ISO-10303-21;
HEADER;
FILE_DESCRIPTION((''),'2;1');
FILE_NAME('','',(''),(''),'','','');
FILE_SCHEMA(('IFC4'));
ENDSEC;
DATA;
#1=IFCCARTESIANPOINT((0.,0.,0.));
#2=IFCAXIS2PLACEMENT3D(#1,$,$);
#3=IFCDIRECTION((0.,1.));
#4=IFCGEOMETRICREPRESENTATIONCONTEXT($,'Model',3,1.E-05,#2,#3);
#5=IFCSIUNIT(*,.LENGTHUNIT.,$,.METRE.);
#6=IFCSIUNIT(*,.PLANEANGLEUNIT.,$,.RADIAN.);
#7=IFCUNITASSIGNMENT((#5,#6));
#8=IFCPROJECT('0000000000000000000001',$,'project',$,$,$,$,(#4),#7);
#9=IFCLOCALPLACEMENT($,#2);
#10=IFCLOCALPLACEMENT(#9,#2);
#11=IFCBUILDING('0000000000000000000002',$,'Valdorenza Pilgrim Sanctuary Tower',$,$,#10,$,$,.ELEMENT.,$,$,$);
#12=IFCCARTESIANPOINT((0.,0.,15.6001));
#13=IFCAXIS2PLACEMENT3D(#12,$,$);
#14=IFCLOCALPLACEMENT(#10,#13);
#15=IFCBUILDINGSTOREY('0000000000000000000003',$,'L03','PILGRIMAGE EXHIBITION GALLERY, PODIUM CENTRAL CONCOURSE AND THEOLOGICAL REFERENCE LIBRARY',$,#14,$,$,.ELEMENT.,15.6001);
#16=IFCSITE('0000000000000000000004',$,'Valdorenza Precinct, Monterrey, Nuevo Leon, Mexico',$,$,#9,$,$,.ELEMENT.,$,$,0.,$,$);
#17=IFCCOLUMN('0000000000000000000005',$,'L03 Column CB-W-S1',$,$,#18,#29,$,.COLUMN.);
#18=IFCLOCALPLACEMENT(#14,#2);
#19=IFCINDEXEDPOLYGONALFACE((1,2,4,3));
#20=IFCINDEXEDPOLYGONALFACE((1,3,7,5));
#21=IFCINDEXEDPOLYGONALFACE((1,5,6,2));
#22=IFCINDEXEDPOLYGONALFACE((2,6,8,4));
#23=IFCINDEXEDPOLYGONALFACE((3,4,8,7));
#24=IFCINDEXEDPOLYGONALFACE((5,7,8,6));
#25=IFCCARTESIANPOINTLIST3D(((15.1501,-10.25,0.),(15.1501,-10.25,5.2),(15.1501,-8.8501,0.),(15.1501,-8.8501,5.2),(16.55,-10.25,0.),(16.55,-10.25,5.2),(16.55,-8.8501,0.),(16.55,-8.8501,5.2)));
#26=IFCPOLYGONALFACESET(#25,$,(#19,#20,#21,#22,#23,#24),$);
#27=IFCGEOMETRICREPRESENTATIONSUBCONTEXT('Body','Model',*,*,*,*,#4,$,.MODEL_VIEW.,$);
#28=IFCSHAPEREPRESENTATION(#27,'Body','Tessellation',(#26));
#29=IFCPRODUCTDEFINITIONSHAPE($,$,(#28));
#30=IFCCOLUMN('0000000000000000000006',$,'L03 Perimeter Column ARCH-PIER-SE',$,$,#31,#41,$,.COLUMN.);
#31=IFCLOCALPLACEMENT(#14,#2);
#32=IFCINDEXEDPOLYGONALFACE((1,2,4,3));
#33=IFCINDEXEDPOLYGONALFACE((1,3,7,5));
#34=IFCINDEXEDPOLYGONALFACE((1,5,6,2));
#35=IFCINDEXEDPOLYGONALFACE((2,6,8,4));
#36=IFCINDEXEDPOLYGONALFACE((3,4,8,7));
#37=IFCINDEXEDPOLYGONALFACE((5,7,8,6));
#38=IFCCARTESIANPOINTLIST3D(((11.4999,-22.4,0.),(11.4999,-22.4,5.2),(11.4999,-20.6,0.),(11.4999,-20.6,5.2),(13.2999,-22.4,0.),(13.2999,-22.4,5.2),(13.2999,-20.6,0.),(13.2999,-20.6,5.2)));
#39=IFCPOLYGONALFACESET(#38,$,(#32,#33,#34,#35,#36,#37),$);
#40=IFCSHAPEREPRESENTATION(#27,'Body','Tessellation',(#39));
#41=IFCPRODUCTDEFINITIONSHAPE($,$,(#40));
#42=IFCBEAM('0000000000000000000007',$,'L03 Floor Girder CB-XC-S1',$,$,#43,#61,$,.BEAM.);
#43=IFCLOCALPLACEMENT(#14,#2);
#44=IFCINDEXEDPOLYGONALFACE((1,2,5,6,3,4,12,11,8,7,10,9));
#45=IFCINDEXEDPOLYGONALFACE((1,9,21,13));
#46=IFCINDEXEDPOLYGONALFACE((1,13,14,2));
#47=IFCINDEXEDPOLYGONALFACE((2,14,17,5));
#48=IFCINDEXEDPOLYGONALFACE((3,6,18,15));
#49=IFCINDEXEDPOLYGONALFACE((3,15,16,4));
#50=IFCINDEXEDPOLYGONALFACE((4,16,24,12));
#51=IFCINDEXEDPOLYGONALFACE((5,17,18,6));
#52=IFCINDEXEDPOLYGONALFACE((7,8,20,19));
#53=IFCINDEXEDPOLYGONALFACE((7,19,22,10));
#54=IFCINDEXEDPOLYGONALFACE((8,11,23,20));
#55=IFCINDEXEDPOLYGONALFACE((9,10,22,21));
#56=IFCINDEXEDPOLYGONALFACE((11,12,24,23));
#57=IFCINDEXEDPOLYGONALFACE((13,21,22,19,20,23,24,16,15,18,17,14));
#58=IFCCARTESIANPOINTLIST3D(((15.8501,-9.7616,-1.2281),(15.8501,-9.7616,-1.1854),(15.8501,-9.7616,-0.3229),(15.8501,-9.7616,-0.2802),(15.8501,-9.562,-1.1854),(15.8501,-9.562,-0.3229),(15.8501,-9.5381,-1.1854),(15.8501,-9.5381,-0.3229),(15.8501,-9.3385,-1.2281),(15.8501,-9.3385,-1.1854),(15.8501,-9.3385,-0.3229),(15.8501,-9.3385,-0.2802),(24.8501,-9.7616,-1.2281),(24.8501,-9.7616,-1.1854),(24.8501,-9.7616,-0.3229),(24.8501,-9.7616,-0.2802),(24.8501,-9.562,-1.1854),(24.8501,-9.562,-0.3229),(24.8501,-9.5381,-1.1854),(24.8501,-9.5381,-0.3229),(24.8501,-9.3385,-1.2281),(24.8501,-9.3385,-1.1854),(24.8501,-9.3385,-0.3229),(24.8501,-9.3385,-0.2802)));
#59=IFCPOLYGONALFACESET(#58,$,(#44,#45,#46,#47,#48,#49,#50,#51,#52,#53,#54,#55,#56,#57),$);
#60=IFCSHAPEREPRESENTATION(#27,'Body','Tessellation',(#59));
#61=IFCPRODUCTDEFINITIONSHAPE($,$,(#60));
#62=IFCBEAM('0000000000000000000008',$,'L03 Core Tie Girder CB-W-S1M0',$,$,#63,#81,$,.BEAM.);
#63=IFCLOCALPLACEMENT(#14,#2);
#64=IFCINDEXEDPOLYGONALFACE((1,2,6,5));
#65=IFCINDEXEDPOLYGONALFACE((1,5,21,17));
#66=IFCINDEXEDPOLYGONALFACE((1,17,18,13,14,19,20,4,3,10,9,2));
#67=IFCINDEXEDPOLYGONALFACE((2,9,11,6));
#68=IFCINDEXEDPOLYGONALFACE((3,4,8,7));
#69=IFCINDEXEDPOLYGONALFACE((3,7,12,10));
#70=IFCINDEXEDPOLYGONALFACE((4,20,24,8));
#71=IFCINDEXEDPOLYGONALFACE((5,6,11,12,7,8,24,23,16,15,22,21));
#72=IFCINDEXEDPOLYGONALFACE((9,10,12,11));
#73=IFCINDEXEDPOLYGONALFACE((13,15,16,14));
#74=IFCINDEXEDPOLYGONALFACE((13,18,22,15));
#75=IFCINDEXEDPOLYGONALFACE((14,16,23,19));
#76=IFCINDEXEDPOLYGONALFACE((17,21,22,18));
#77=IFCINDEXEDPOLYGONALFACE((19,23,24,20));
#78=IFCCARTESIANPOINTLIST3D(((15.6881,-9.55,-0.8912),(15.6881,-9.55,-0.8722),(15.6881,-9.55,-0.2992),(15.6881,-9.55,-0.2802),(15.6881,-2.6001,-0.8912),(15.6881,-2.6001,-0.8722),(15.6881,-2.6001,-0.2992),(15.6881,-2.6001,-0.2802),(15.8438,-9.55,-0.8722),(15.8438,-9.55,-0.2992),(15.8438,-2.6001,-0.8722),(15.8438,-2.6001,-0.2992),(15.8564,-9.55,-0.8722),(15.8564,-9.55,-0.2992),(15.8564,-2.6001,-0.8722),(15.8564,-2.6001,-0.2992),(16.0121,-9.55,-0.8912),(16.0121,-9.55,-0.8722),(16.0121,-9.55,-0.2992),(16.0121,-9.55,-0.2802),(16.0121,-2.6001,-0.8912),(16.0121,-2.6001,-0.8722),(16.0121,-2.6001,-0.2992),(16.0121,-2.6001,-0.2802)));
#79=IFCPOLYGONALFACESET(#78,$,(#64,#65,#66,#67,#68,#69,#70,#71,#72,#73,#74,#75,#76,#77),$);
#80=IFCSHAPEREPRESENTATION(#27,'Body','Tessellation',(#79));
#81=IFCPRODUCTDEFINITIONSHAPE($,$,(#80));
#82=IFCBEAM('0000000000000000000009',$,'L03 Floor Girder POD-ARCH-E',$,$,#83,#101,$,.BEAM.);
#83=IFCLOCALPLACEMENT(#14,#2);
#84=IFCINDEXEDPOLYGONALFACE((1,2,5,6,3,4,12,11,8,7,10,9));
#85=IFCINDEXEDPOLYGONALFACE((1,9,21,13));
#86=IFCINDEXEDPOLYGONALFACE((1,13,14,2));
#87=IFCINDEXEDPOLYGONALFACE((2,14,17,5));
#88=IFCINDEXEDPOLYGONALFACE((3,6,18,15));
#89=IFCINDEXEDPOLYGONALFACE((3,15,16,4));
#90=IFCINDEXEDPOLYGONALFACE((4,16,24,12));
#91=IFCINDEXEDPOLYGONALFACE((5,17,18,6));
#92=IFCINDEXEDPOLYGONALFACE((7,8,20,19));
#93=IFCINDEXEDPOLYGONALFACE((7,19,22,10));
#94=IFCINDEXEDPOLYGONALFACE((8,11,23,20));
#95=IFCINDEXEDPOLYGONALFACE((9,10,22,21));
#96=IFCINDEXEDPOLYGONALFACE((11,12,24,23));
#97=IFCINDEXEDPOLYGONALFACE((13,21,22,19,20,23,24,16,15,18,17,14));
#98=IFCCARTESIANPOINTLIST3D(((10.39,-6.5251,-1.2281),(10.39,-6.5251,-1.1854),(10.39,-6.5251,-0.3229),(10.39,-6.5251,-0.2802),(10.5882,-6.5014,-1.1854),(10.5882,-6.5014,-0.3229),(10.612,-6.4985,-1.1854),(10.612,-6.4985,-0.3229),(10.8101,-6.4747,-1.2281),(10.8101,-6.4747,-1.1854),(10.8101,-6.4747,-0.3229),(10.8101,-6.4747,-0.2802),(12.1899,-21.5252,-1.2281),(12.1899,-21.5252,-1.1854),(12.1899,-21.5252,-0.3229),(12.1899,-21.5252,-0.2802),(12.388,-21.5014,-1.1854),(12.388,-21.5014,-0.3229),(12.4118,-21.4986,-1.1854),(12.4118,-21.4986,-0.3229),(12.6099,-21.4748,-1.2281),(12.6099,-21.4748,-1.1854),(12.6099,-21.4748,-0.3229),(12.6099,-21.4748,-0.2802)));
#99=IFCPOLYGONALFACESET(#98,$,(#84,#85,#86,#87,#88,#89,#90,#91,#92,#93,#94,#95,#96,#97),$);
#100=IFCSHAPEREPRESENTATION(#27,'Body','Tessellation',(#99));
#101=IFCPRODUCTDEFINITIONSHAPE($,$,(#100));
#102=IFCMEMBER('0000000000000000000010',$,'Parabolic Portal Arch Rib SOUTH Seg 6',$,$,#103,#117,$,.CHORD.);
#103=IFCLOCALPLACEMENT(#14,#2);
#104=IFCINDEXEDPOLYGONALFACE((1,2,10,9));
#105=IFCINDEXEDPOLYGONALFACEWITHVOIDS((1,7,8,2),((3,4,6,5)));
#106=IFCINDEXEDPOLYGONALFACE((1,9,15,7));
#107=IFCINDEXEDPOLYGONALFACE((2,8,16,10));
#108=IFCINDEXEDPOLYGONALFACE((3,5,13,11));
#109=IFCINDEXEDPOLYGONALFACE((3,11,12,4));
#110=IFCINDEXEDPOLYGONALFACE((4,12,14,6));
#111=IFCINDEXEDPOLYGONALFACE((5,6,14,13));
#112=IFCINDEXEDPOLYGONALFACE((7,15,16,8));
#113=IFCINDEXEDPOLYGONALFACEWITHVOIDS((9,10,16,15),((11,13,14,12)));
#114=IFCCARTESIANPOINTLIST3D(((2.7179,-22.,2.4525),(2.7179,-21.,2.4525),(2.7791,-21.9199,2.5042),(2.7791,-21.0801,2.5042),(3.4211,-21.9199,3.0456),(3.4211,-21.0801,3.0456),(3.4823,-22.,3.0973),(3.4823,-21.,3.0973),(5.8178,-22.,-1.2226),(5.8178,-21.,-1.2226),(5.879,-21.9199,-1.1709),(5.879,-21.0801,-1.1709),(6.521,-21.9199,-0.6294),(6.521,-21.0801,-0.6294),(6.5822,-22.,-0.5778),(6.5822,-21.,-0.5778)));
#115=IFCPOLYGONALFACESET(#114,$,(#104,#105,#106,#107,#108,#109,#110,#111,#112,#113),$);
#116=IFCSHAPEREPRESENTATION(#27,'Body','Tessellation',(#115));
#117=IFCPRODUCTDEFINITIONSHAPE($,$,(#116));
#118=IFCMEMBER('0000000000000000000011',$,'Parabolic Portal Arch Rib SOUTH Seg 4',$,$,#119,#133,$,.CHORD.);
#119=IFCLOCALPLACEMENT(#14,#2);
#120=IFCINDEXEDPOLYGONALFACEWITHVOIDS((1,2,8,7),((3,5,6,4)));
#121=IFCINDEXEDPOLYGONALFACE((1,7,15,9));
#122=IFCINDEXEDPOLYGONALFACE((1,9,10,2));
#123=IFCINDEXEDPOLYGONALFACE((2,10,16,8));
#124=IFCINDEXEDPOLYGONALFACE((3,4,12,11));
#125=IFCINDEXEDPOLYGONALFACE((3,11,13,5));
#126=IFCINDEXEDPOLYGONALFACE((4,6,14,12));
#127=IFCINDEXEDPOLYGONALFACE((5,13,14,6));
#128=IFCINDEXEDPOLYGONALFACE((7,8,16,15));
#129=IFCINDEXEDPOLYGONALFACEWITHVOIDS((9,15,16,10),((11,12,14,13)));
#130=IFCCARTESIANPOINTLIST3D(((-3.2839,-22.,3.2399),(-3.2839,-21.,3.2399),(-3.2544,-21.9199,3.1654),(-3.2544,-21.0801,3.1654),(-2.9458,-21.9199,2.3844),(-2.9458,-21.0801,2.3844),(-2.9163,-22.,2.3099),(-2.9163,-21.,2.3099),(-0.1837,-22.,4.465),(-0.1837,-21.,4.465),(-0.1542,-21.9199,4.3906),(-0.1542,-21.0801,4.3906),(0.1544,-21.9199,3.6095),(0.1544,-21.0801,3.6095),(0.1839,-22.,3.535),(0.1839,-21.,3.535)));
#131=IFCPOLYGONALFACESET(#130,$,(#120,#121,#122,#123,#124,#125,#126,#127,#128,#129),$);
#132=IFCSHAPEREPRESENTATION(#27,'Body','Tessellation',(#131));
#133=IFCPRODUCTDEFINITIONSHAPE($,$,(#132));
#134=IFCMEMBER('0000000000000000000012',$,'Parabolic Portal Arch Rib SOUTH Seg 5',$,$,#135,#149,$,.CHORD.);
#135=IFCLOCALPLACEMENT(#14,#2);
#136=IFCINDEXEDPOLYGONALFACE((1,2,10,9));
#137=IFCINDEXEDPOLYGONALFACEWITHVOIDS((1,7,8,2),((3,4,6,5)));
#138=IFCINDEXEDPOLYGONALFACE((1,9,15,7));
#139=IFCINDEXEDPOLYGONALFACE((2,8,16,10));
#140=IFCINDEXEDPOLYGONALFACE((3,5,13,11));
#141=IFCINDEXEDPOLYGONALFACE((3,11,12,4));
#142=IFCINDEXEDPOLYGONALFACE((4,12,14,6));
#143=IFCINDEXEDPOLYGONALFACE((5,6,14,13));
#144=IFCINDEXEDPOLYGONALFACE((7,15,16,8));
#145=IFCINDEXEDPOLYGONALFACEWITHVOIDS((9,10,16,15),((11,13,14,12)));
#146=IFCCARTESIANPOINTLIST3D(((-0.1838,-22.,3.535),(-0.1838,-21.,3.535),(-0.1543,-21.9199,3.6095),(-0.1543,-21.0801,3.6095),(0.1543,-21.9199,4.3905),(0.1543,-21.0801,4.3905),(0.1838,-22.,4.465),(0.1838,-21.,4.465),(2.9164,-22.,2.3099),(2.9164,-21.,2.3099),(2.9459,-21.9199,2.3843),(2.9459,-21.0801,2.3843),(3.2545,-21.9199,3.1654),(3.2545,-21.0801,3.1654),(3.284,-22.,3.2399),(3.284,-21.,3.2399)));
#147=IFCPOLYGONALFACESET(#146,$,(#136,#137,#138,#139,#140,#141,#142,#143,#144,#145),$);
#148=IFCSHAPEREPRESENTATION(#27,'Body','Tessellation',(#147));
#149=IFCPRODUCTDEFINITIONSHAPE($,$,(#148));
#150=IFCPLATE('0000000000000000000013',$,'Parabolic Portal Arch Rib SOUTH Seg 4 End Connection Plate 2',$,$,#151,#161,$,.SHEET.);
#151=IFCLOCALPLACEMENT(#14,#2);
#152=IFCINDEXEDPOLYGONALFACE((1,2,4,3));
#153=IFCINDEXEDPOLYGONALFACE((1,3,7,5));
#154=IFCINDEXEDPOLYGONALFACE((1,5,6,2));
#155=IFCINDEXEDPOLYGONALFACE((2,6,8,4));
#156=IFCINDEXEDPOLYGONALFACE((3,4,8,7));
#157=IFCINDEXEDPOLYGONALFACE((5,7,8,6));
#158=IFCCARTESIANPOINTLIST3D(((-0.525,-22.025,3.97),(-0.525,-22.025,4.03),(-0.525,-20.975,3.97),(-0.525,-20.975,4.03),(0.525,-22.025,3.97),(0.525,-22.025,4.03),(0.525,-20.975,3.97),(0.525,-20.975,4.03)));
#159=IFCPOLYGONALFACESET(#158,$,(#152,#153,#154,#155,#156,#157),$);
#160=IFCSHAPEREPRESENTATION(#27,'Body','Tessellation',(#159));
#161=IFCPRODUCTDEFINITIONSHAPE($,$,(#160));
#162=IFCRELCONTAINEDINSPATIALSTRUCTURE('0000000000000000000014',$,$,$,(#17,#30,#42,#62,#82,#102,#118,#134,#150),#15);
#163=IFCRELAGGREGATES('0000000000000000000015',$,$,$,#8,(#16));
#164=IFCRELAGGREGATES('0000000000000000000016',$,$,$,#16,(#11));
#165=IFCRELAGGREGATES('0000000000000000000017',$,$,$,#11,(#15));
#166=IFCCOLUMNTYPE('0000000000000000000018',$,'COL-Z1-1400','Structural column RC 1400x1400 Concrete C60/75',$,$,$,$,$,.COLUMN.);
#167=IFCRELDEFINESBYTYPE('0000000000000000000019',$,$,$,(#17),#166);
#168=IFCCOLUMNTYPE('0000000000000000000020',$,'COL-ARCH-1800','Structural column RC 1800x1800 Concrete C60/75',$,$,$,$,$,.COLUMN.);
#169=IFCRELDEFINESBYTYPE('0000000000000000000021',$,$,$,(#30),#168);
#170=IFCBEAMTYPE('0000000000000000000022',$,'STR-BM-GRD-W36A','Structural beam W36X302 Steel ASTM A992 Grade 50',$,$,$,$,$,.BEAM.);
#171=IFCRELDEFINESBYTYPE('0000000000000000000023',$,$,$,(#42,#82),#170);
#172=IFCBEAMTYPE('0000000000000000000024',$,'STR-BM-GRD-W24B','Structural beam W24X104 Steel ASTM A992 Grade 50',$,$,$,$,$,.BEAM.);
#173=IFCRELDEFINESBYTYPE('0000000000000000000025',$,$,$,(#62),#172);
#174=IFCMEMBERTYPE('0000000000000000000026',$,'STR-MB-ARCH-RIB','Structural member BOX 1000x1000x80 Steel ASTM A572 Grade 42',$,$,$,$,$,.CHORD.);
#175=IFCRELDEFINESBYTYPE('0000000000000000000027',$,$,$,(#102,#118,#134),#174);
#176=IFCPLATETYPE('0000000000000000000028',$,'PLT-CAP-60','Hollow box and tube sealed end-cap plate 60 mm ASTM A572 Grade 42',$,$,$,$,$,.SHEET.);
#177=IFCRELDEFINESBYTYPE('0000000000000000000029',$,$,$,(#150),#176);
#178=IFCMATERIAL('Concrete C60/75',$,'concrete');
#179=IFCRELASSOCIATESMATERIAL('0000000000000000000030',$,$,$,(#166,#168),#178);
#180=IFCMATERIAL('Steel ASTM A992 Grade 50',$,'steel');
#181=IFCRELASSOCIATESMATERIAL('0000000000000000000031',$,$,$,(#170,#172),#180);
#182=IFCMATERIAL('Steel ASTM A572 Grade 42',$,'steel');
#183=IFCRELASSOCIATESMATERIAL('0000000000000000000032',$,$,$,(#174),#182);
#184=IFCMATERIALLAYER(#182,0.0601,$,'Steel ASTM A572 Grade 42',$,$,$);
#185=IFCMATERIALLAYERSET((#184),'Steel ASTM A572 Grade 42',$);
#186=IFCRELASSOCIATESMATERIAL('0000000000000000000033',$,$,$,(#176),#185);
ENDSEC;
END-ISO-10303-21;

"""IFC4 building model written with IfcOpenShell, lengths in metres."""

from ifc_helpers import new_model, si_unit, direction, frame, origin, origin_2d, place, context, subcontext, project, spatial, rectangle, hollow_rectangle, i_section, extrude, source, transform, mapped, material, layer, layer_set, material_profile, profile_set, type_object, element, save


model = new_model("IFC4")

# Units and contexts
model_context = context("Model", 3, precision=1e-05, world=origin(), true_north=direction((0.0, 1.0)))
body_context = subcontext(model_context, "Body", "Model", "MODEL_VIEW")
ifc_project = project(units=[si_unit("LENGTHUNIT", "METRE"), si_unit("PLANEANGLEUNIT", "RADIAN")], contexts=[model_context])

# Site, building, storey
site_placement = place(None, origin())
site = spatial("IfcSite", under=ifc_project, at=site_placement, Name="Valdorenza Precinct, Monterrey, Nuevo Leon, Mexico", CompositionType="ELEMENT", RefElevation=0.0)
building_placement = place(site_placement, origin())
building = spatial("IfcBuilding", under=site, at=building_placement, Name="Valdorenza Pilgrim Sanctuary Tower", CompositionType="ELEMENT")
storey_placement = place(building_placement, frame((0.0, 0.0, 15.6001)))
storey = spatial("IfcBuildingStorey", under=building, at=storey_placement, Name="L03", Description="PILGRIMAGE EXHIBITION GALLERY, PODIUM CENTRAL CONCOURSE AND THEOLOGICAL REFERENCE LIBRARY", CompositionType="ELEMENT", Elevation=15.6001)

# Columns
ifc_material_1 = material(Name="Concrete C60/75", Category="concrete")
ifc_material_profile_1 = material_profile(ifc_material_1, rectangle(XDim=1.3999, YDim=1.3999, at=origin_2d()), Name="RC 1400x1400")
ifc_profile_set_1 = profile_set([ifc_material_profile_1], Name="Concrete C60/75")
column_type_1 = type_object("IfcColumnType", Name="COL-Z1-1400", Description="Structural column RC 1400x1400 Concrete C60/75", PredefinedType="COLUMN", material=ifc_profile_set_1)
shared_shape_1 = source(origin(), body_context, "Body", "SweptSolid", [
    extrude(rectangle(XDim=1.3999, YDim=1.3999, at=origin_2d()), origin(), (0.0, 0.0, 1.0), 5.2),
])
column_1_placement = place(storey_placement, frame((15.8501, -9.55, 0.0), z_axis=(0.0, 0.0, 1.0), x_axis=(1.0, 0.0, 0.0)))
element("IfcColumn", 1, at=column_1_placement, inside=storey, type_object=column_type_1, Name="L03 Column CB-W-S1", PredefinedType="COLUMN", context=body_context, shape_type="MappedRepresentation", body=[
    mapped(shared_shape_1, transform((0.0, 0.0, 0.0), x_axis=(1.0, 0.0, 0.0), y_axis=(0.0, 1.0, 0.0), z_axis=(0.0, 0.0, 1.0), scale=1.0)),
])
ifc_material_profile_2 = material_profile(ifc_material_1, rectangle(XDim=1.8, YDim=1.8, at=origin_2d()), Name="RC 1800x1800")
ifc_profile_set_2 = profile_set([ifc_material_profile_2], Name="Concrete C60/75")
column_type_2 = type_object("IfcColumnType", Name="COL-ARCH-1800", Description="Structural column RC 1800x1800 Concrete C60/75", PredefinedType="COLUMN", material=ifc_profile_set_2)
shared_shape_2 = source(origin(), body_context, "Body", "SweptSolid", [
    extrude(rectangle(XDim=1.8, YDim=1.8, at=origin_2d()), origin(), (0.0, 0.0, 1.0), 5.2),
])
column_2_placement = place(storey_placement, frame((12.3999, -21.5, 0.0), z_axis=(0.0, 0.0, 1.0), x_axis=(1.0, 0.0, 0.0)))
element("IfcColumn", 2, at=column_2_placement, inside=storey, type_object=column_type_2, Name="L03 Perimeter Column ARCH-PIER-SE", PredefinedType="COLUMN", context=body_context, shape_type="MappedRepresentation", body=[
    mapped(shared_shape_2, transform((0.0, 0.0, 0.0), x_axis=(1.0, 0.0, 0.0), y_axis=(0.0, 1.0, 0.0), z_axis=(0.0, 0.0, 1.0), scale=1.0)),
])

# Beams
ifc_material_2 = material(Name="Steel ASTM A992 Grade 50", Category="steel")
ifc_material_profile_3 = material_profile(ifc_material_2, i_section(OverallWidth=0.4231, OverallDepth=0.948, WebThickness=0.0239, FlangeThickness=0.0427, at=origin_2d()), Name="W36X302")
ifc_profile_set_3 = profile_set([ifc_material_profile_3], Name="Steel ASTM A992 Grade 50")
beam_type_1 = type_object("IfcBeamType", Name="STR-BM-GRD-W36A", Description="Structural beam W36X302 Steel ASTM A992 Grade 50", PredefinedType="BEAM", material=ifc_profile_set_3)
shared_shape_3 = source(origin(), body_context, "Body", "SweptSolid", [
    extrude(i_section(OverallWidth=0.4231, OverallDepth=0.948, WebThickness=0.0239, FlangeThickness=0.0427, at=origin_2d()), origin(), (0.0, 0.0, 1.0), 9.0),
])
beam_1_placement = place(storey_placement, frame((15.8501, -9.55, -0.7542), z_axis=(1.0, 0.0, 0.0), x_axis=(0.0, 1.0, 0.0)))
element("IfcBeam", 3, at=beam_1_placement, inside=storey, type_object=beam_type_1, Name="L03 Floor Girder CB-XC-S1", PredefinedType="BEAM", context=body_context, shape_type="MappedRepresentation", body=[
    mapped(shared_shape_3, transform((0.0, 0.0, 0.0), x_axis=(1.0, 0.0, 0.0), y_axis=(0.0, 1.0, 0.0), z_axis=(0.0, 0.0, 1.0), scale=1.0)),
])
ifc_material_profile_4 = material_profile(ifc_material_2, i_section(OverallWidth=0.324, OverallDepth=0.6111, WebThickness=0.0127, FlangeThickness=0.019, at=origin_2d()), Name="W24X104")
ifc_profile_set_4 = profile_set([ifc_material_profile_4], Name="Steel ASTM A992 Grade 50")
beam_type_2 = type_object("IfcBeamType", Name="STR-BM-GRD-W24B", Description="Structural beam W24X104 Steel ASTM A992 Grade 50", PredefinedType="BEAM", material=ifc_profile_set_4)
shared_shape_4 = source(origin(), body_context, "Body", "SweptSolid", [
    extrude(i_section(OverallWidth=0.324, OverallDepth=0.6111, WebThickness=0.0127, FlangeThickness=0.019, at=origin_2d()), origin(), (0.0, 0.0, 1.0), 6.95),
])
beam_2_placement = place(storey_placement, frame((15.8501, -9.55, -0.5857), z_axis=(0.0, 1.0, 0.0), x_axis=(-1.0, 0.0, 0.0)))
element("IfcBeam", 4, at=beam_2_placement, inside=storey, type_object=beam_type_2, Name="L03 Core Tie Girder CB-W-S1M0", PredefinedType="BEAM", context=body_context, shape_type="MappedRepresentation", body=[
    mapped(shared_shape_4, transform((0.0, 0.0, 0.0), x_axis=(1.0, 0.0, 0.0), y_axis=(0.0, 1.0, 0.0), z_axis=(0.0, 0.0, 1.0), scale=1.0)),
])
shared_shape_5 = source(origin(), body_context, "Body", "SweptSolid", [
    extrude(i_section(OverallWidth=0.4231, OverallDepth=0.948, WebThickness=0.0239, FlangeThickness=0.0427, at=origin_2d()), origin(), (0.0, 0.0, 1.0), 15.1077),
])
beam_3_placement = place(storey_placement, frame((12.3999, -21.5, -0.7542), z_axis=(-0.119132, 0.992878, 0.0), x_axis=(-0.992878, -0.119132, 0.0)))
element("IfcBeam", 5, at=beam_3_placement, inside=storey, type_object=beam_type_1, Name="L03 Floor Girder POD-ARCH-E", PredefinedType="BEAM", context=body_context, shape_type="MappedRepresentation", body=[
    mapped(shared_shape_5, transform((0.0, 0.0, 0.0), x_axis=(1.0, 0.0, 0.0), y_axis=(0.0, 1.0, 0.0), z_axis=(0.0, 0.0, 1.0), scale=1.0)),
])

# Members
ifc_material_3 = material(Name="Steel ASTM A572 Grade 42", Category="steel")
ifc_material_profile_5 = material_profile(ifc_material_3, hollow_rectangle(XDim=1.0, YDim=1.0, WallThickness=0.0801, at=origin_2d()), Name="BOX 1000x1000x80")
ifc_profile_set_5 = profile_set([ifc_material_profile_5], Name="Steel ASTM A572 Grade 42")
member_type = type_object("IfcMemberType", Name="STR-MB-ARCH-RIB", Description="Structural member BOX 1000x1000x80 Steel ASTM A572 Grade 42", PredefinedType="CHORD", material=ifc_profile_set_5)
shared_shape_6 = source(origin(), body_context, "Body", "SweptSolid", [
    extrude(hollow_rectangle(XDim=1.0, YDim=1.0, WallThickness=0.0801, at=origin_2d()), origin(), (0.0, 0.0, 1.0), 4.8079),
])
member_placement = place(storey_placement, frame((3.1001, -21.5, 2.7749), z_axis=(0.644753, 0.0, -0.764391), x_axis=(0.0, 1.0, 0.0)))
element("IfcMember", 6, at=member_placement, inside=storey, type_object=member_type, Name="Parabolic Portal Arch Rib SOUTH Seg 6", PredefinedType="CHORD", context=body_context, shape_type="MappedRepresentation", body=[
    mapped(shared_shape_6, transform((0.0, 0.0, 0.0), x_axis=(1.0, 0.0, 0.0), y_axis=(0.0, 1.0, 0.0), z_axis=(0.0, 0.0, 1.0), scale=1.0)),
])
shared_shape_7 = source(origin(), body_context, "Body", "SweptSolid", [
    extrude(hollow_rectangle(XDim=1.0, YDim=1.0, WallThickness=0.0801, at=origin_2d()), origin(), (0.0, 0.0, 1.0), 3.3335),
])
for number, where, z_axis, x_axis, name in (
    (7, (-3.1001, -21.5, 2.7749), (0.930014, 0.0, 0.367523), (0.0, 1.0, 0.0), "Parabolic Portal Arch Rib SOUTH Seg 4"),
    (8, (0.0, -21.5, 4.0), (0.930014, 0.0, -0.367523), (0.0, 1.0, 0.0), "Parabolic Portal Arch Rib SOUTH Seg 5"),
):
    element("IfcMember", number, at=place(storey_placement, frame(where, z_axis=z_axis, x_axis=x_axis)), inside=storey, type_object=member_type, Name=name, PredefinedType="CHORD", context=body_context, shape_type="MappedRepresentation", body=[
        mapped(shared_shape_7, transform((0.0, 0.0, 0.0), x_axis=(1.0, 0.0, 0.0), y_axis=(0.0, 1.0, 0.0), z_axis=(0.0, 0.0, 1.0), scale=1.0)),
    ])

# Plate
ifc_layer_1 = layer(ifc_material_3, 0.0601, Name="Steel ASTM A572 Grade 42")
ifc_layer_set_1 = layer_set([ifc_layer_1], Name="Steel ASTM A572 Grade 42")
plate_type_1 = type_object("IfcPlateType", Name="PLT-CAP-60", Description="Hollow box and tube sealed end-cap plate 60 mm ASTM A572 Grade 42", PredefinedType="SHEET", material=ifc_layer_set_1)
shared_shape_8 = source(origin(), body_context, "Body", "SweptSolid", [
    extrude(rectangle(XDim=1.05, YDim=1.05, at=origin_2d()), origin(), (0.0, 0.0, 1.0), 0.0601),
])
for number, where, z_axis, x_axis, name in (
    (9, (0.0, -21.5, 3.97), (0.0, 0.0, 1.0), (1.0, 0.0, 0.0), "Parabolic Portal Arch Rib SOUTH Seg 4 End Connection Plate 2"),
):
    element("IfcPlate", number, at=place(storey_placement, frame(where, z_axis=z_axis, x_axis=x_axis)), inside=storey, type_object=plate_type_1, Name=name, PredefinedType="SHEET", context=body_context, shape_type="MappedRepresentation", body=[
        mapped(shared_shape_8, transform((0.0, 0.0, 0.0), x_axis=(1.0, 0.0, 0.0), y_axis=(0.0, 1.0, 0.0), z_axis=(0.0, 0.0, 1.0), scale=1.0)),
    ])

save(model, "model.ifc")
